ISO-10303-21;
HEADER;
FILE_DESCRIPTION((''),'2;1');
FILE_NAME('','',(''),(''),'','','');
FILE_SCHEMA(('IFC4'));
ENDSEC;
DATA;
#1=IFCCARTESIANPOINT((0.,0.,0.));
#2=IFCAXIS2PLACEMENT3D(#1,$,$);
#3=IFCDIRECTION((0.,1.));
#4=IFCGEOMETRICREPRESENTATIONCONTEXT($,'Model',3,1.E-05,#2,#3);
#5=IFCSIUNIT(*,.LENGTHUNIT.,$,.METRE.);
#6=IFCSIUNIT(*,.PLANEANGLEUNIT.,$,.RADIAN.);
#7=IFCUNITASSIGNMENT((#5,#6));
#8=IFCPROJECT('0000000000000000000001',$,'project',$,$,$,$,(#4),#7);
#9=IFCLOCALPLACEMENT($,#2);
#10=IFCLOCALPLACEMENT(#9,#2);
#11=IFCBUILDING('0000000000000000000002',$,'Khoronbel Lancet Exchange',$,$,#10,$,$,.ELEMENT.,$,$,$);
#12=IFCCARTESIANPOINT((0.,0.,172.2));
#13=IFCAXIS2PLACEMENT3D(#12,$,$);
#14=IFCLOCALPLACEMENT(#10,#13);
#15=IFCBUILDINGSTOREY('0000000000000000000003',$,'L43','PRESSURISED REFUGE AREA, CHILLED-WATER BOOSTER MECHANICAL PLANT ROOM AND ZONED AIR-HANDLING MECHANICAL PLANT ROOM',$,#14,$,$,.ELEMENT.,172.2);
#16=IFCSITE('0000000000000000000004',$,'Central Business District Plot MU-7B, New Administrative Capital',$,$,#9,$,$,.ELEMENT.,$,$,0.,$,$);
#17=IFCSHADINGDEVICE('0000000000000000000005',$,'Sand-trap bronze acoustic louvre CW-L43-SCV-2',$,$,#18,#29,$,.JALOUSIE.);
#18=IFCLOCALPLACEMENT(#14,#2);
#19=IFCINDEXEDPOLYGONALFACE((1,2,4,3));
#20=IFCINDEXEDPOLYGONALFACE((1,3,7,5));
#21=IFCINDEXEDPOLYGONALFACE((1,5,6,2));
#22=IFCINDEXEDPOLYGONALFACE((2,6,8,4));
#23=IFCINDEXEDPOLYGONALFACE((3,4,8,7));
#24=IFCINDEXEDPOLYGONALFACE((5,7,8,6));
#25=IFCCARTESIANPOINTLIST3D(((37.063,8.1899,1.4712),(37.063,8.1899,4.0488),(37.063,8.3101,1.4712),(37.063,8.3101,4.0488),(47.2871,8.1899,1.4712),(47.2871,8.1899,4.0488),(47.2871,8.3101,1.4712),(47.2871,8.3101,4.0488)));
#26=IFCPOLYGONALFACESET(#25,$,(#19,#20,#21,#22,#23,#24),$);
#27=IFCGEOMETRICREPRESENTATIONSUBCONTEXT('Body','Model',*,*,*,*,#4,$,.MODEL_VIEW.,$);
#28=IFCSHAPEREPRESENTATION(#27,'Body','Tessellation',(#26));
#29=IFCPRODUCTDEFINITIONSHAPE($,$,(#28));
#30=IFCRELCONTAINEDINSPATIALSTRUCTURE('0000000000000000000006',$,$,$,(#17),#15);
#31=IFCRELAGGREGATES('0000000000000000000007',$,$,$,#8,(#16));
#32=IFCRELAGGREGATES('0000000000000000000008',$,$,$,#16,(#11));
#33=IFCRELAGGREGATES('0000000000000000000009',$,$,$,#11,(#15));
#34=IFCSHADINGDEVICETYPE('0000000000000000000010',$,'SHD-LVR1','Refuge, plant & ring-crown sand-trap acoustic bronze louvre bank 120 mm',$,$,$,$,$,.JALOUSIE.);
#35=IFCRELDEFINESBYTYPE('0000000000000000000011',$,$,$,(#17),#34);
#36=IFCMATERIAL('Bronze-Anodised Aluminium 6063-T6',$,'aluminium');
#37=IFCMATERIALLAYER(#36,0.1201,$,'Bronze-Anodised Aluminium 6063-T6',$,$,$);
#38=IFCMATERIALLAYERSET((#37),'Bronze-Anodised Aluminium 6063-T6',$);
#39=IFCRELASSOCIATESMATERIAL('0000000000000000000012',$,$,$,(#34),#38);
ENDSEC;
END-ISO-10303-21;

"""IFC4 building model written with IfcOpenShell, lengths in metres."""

from ifc_helpers import new_model, si_unit, direction, frame, origin, origin_2d, place, context, subcontext, project, spatial, rectangle, extrude, material, layer, layer_set, type_object, element, save


model = new_model("IFC4")

# Units and contexts
model_context = context("Model", 3, precision=1e-05, world=origin(), true_north=direction((0.0, 1.0)))
body_context = subcontext(model_context, "Body", "Model", "MODEL_VIEW")
ifc_project = project(units=[si_unit("LENGTHUNIT", "METRE"), si_unit("PLANEANGLEUNIT", "RADIAN")], contexts=[model_context])

# Site, building, storey
site_placement = place(None, origin())
site = spatial("IfcSite", under=ifc_project, at=site_placement, Name="Central Business District Plot MU-7B, New Administrative Capital", CompositionType="ELEMENT", RefElevation=0.0)
building_placement = place(site_placement, origin())
building = spatial("IfcBuilding", under=site, at=building_placement, Name="Khoronbel Lancet Exchange", CompositionType="ELEMENT")
storey_placement = place(building_placement, frame((0.0, 0.0, 172.2)))
storey = spatial("IfcBuildingStorey", under=building, at=storey_placement, Name="L43", Description="PRESSURISED REFUGE AREA, CHILLED-WATER BOOSTER MECHANICAL PLANT ROOM AND ZONED AIR-HANDLING MECHANICAL PLANT ROOM", CompositionType="ELEMENT", Elevation=172.2)

# Shared definitions
ifc_material_1 = material(Name="Bronze-Anodised Aluminium 6063-T6", Category="aluminium")

# Shading device
ifc_layer_1 = layer(ifc_material_1, 0.1201, Name="Bronze-Anodised Aluminium 6063-T6")
ifc_layer_set_1 = layer_set([ifc_layer_1], Name="Bronze-Anodised Aluminium 6063-T6")
shading_device_type = type_object("IfcShadingDeviceType", Name="SHD-LVR1", Description="Refuge, plant & ring-crown sand-trap acoustic bronze louvre bank 120 mm", PredefinedType="JALOUSIE", material=ifc_layer_set_1)
shading_device_placement = place(storey_placement, frame((42.175, 8.25, 1.4712), z_axis=(0.0, 0.0, 1.0), x_axis=(1.0, 0.0, 0.0)))
element("IfcShadingDevice", 1, at=shading_device_placement, inside=storey, type_object=shading_device_type, Name="Sand-trap bronze acoustic louvre CW-L43-SCV-2", PredefinedType="JALOUSIE", context=body_context, shape_type="SweptSolid", body=[
    extrude(rectangle(XDim=10.2241, YDim=0.1201, at=origin_2d()), origin(), (0.0, 0.0, 1.0), 2.5776),
])

save(model, "model.ifc")
